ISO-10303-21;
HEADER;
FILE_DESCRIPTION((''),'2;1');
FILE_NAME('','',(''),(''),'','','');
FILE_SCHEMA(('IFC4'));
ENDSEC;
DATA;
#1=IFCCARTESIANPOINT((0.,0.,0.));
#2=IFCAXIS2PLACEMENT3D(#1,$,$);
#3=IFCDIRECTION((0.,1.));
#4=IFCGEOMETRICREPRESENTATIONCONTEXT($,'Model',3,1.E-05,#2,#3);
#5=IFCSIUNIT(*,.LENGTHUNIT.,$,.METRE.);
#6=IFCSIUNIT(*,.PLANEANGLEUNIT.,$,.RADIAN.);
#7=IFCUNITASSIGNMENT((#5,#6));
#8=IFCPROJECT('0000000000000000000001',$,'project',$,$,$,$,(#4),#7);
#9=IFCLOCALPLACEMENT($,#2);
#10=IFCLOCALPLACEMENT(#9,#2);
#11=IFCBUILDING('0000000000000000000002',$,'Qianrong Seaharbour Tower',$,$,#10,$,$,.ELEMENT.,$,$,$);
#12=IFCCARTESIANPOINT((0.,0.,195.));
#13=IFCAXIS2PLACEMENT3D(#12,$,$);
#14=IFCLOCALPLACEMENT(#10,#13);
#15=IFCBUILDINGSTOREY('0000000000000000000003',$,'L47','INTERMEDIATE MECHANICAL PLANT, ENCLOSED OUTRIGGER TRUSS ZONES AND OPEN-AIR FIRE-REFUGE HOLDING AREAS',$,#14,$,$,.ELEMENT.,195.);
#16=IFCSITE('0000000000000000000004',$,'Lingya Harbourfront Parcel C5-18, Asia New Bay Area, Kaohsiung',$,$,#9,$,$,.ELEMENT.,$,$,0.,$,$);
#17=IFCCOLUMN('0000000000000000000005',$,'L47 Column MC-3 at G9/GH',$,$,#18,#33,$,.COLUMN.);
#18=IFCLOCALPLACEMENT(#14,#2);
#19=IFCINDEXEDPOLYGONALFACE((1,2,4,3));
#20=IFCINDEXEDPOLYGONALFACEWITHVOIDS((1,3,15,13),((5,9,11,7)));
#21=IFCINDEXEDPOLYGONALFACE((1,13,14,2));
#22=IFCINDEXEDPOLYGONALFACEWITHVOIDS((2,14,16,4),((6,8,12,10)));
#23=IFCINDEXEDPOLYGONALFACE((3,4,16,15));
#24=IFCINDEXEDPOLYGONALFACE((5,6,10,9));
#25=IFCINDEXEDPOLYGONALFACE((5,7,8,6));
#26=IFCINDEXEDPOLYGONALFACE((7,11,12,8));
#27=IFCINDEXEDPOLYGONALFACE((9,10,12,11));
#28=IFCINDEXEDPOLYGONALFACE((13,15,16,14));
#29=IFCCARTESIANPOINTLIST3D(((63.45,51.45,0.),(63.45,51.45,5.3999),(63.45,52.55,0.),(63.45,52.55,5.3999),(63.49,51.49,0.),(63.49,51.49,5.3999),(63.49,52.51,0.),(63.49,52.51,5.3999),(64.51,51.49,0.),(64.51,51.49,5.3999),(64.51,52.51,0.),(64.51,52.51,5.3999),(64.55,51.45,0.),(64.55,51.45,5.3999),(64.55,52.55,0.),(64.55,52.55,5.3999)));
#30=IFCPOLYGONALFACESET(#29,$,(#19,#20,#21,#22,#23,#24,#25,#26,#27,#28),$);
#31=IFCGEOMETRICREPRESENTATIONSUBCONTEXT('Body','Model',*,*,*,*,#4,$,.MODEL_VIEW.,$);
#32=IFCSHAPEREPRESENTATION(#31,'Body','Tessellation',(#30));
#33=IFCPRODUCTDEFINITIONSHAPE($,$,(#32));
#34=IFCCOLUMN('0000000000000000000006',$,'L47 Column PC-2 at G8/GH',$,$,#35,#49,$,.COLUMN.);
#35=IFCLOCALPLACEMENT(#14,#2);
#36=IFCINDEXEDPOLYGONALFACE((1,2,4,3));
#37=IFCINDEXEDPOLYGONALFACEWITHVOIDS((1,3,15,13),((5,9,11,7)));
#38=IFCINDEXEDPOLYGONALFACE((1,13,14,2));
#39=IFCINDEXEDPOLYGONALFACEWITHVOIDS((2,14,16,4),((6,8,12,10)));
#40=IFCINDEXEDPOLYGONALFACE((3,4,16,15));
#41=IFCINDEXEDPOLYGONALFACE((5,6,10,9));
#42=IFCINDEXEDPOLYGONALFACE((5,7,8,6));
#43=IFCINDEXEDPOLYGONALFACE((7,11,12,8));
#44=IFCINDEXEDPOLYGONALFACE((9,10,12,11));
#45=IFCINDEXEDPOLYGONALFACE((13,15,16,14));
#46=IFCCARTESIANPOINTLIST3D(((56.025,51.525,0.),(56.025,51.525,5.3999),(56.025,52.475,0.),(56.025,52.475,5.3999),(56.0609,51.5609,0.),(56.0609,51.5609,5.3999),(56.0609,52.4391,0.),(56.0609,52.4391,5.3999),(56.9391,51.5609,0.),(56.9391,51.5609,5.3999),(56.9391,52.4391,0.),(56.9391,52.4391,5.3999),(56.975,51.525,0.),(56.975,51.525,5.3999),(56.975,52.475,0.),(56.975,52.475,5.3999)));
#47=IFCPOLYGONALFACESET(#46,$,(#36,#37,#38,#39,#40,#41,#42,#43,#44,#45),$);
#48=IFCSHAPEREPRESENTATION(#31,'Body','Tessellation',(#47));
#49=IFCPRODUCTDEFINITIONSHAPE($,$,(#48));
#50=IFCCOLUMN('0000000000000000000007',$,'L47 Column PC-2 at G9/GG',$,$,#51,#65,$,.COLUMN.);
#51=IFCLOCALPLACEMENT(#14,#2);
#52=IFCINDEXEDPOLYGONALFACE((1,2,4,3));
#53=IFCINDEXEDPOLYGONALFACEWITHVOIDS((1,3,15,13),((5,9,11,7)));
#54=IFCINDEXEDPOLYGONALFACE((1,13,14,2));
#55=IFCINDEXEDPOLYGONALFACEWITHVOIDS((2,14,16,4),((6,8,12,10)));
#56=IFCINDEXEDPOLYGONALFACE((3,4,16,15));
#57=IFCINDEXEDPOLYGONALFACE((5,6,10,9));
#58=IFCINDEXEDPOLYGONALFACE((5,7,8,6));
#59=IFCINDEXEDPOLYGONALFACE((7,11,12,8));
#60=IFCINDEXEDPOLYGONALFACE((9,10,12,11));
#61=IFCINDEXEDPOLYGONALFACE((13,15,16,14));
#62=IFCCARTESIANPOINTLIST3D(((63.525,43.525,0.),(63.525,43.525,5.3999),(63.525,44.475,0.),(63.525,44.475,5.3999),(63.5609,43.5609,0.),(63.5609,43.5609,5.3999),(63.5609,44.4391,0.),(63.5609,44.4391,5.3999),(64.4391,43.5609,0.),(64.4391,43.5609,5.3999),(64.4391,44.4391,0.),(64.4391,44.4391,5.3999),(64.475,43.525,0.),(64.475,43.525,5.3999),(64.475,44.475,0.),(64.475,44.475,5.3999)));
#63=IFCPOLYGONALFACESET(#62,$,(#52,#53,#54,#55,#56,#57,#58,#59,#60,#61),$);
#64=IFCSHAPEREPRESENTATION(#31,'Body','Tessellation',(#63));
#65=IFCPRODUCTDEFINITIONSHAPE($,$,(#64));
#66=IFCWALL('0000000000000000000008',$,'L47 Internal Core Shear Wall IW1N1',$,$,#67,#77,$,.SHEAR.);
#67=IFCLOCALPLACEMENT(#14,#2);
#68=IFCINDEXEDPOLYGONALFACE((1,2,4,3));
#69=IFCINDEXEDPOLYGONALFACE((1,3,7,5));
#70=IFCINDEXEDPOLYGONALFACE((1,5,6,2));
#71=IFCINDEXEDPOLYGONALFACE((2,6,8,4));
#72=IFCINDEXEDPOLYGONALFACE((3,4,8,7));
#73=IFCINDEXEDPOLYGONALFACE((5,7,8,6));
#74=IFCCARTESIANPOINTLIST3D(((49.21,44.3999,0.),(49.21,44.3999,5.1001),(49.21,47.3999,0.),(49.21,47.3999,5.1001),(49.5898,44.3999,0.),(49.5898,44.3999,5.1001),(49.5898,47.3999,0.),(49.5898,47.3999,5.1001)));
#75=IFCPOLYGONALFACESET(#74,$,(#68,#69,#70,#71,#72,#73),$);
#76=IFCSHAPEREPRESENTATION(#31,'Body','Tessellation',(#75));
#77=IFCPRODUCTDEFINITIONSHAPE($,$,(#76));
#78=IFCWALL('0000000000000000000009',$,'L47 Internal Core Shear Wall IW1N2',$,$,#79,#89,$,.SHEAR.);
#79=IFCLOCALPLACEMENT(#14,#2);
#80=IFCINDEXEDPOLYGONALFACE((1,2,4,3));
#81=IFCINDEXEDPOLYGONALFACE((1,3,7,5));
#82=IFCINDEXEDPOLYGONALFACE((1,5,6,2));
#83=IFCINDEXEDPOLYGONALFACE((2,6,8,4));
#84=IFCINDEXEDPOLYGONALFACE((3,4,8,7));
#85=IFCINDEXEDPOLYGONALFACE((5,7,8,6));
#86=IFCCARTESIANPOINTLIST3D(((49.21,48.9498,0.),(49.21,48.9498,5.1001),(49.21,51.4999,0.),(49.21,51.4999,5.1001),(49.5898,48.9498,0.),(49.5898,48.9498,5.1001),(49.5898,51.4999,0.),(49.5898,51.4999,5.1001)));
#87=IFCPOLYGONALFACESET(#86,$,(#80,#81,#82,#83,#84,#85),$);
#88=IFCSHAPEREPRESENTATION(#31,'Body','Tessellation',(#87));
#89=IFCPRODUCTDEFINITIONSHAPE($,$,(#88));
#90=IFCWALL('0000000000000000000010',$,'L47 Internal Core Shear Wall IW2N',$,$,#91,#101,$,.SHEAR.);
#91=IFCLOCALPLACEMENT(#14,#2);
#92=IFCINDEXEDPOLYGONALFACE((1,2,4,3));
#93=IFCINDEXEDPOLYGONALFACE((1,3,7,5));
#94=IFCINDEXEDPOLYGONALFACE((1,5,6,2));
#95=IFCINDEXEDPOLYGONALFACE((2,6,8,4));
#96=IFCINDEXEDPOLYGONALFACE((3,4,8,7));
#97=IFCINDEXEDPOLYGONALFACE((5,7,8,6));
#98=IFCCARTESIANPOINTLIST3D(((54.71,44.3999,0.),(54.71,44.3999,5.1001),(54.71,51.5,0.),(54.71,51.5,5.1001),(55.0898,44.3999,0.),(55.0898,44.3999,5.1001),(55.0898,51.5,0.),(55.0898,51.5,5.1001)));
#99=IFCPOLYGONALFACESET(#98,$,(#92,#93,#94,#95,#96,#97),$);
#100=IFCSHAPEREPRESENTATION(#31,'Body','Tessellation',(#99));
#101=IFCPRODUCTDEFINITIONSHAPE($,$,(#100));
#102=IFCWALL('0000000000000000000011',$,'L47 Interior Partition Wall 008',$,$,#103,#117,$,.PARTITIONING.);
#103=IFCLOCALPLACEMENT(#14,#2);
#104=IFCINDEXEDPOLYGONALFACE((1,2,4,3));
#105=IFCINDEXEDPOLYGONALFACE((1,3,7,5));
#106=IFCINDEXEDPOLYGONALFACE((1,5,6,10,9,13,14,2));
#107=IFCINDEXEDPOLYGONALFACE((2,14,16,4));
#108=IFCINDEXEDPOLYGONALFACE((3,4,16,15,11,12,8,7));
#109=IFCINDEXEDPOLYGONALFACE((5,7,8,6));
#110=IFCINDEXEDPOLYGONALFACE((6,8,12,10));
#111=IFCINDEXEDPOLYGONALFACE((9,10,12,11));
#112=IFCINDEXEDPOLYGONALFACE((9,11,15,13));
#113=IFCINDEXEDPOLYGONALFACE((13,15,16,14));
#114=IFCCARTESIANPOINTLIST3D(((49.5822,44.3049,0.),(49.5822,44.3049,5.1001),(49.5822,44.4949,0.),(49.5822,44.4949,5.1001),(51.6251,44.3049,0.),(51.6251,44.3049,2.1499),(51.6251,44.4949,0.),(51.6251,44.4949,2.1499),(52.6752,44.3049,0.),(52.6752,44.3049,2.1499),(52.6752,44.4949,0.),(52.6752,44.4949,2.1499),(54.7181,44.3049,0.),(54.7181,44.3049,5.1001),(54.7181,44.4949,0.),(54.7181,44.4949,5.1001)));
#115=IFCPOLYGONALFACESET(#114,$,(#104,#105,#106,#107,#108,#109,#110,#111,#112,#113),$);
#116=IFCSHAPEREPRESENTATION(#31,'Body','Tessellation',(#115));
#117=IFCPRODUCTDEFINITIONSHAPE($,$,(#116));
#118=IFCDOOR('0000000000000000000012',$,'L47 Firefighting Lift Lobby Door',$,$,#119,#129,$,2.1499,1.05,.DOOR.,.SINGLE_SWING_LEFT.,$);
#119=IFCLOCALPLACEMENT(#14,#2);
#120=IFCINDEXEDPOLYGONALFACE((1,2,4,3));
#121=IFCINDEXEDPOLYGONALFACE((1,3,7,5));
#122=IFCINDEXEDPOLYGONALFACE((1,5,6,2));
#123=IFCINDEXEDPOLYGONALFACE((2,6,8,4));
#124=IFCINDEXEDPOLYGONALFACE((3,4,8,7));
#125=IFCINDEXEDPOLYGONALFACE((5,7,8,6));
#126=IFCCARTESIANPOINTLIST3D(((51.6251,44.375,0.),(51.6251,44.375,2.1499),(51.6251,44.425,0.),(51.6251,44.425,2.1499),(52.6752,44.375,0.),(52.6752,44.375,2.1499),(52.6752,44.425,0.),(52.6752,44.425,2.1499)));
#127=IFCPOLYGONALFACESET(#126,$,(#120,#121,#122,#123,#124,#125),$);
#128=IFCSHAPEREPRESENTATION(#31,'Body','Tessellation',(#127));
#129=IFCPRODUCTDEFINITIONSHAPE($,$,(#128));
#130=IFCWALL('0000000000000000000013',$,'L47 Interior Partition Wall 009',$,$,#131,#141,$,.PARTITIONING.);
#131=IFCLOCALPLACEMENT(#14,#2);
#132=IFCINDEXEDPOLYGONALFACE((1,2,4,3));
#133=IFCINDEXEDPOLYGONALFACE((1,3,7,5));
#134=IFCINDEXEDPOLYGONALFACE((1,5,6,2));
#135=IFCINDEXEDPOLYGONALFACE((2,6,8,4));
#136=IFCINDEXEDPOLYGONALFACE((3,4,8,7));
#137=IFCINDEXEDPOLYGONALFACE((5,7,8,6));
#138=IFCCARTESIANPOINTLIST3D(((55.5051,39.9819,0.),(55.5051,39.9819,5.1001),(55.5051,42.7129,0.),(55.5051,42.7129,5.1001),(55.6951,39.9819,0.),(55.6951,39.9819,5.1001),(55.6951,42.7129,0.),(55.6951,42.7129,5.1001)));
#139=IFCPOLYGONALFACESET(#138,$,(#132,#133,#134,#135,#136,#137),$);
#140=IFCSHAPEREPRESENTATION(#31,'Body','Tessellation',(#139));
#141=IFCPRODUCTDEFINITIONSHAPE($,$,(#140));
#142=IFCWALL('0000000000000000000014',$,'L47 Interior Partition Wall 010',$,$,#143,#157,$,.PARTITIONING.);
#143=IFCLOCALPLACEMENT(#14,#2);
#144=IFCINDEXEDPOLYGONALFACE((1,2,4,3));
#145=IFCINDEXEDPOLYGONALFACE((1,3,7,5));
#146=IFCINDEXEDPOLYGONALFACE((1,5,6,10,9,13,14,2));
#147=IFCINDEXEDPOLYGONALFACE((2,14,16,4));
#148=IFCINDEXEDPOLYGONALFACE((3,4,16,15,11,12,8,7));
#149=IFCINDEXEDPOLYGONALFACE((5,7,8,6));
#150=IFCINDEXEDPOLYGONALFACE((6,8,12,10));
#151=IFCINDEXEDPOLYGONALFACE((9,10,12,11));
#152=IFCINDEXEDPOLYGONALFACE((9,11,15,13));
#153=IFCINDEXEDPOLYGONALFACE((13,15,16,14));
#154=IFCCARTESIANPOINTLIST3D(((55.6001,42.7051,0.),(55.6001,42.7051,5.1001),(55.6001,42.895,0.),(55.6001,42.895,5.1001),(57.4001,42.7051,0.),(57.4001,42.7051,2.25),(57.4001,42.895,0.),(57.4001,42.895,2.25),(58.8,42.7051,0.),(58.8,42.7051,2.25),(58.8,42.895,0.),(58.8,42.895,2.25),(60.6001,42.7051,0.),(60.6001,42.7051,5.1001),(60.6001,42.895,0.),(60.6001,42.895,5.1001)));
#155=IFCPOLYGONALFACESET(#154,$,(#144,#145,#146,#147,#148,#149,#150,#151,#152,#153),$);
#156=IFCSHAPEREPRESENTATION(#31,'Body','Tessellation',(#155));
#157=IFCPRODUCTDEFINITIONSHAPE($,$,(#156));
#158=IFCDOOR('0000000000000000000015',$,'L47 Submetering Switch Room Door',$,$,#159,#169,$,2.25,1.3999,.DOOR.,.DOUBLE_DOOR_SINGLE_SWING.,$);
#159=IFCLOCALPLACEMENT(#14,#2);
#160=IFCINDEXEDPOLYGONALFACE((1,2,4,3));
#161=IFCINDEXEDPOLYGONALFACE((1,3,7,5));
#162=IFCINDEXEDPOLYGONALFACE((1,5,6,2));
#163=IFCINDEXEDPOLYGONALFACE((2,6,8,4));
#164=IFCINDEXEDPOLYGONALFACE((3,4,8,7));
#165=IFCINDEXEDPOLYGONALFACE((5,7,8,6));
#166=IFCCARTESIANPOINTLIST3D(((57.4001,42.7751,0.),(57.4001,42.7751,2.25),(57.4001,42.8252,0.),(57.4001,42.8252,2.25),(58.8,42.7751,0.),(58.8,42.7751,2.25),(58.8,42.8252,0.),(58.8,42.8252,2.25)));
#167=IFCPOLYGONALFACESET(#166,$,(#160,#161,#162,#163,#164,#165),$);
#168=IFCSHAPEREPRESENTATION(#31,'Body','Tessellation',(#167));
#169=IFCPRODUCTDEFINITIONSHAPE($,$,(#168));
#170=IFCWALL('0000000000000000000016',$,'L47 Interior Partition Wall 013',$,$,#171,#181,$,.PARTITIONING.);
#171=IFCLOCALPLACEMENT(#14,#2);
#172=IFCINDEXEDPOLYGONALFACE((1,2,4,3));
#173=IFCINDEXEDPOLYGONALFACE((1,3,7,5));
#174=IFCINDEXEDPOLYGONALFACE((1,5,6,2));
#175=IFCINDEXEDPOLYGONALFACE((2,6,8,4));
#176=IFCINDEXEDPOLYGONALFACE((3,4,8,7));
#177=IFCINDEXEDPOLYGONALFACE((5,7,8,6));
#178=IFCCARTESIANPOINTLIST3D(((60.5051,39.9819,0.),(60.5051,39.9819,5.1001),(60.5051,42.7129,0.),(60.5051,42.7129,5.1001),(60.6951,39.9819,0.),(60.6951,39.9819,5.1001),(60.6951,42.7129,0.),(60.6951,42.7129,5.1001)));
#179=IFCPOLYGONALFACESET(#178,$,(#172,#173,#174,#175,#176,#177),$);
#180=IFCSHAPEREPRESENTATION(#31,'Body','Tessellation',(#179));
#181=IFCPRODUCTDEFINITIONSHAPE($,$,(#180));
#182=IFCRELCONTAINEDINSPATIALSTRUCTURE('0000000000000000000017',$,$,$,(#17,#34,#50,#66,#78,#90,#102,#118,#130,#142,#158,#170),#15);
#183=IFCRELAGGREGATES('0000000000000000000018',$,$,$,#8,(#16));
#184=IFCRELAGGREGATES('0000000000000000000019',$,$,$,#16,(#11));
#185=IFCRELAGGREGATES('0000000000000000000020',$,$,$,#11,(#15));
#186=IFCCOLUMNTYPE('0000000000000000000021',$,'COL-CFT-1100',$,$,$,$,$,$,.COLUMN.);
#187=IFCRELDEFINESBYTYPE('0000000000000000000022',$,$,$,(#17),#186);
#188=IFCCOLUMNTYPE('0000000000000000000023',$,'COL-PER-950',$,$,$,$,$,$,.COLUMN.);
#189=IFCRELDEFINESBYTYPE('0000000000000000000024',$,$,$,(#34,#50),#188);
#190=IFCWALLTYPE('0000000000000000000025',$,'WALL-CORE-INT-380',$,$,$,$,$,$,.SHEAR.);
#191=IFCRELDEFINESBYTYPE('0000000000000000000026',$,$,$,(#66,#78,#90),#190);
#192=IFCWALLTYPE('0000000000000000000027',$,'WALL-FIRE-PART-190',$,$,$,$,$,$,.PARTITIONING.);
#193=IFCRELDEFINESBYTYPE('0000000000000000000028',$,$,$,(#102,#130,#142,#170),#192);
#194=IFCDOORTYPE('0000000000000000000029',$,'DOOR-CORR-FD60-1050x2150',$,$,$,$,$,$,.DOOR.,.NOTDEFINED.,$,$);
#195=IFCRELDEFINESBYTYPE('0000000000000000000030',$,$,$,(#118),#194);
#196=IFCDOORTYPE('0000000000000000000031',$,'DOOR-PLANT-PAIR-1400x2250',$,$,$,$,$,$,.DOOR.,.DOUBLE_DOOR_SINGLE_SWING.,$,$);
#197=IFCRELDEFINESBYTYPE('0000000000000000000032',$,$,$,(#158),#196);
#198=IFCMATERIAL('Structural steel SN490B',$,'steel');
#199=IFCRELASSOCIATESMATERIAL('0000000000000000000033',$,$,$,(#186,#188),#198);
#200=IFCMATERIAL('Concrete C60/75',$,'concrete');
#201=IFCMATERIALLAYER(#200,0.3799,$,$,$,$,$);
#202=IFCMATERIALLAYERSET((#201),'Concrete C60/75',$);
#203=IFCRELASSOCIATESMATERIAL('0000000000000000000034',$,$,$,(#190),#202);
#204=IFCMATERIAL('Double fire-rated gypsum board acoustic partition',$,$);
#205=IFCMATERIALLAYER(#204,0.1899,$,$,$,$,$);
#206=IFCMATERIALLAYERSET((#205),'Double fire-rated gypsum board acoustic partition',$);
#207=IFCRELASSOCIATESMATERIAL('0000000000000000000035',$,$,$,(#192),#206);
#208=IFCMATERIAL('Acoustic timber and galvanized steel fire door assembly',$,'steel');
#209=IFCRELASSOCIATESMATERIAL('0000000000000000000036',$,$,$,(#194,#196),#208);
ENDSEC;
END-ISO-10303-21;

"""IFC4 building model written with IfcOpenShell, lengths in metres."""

from ifc_helpers import new_model, si_unit, direction, frame, frame_2d, origin, origin_2d, place, context, subcontext, project, spatial, rectangle, hollow_rectangle, extrude, material, layer, layer_set, material_profile, profile_set, type_object, element, fill, save


model = new_model("IFC4")

# Units and contexts
model_context = context("Model", 3, precision=1e-05, world=origin(), true_north=direction((0.0, 1.0)))
body_context = subcontext(model_context, "Body", "Model", "MODEL_VIEW")
ifc_project = project(units=[si_unit("LENGTHUNIT", "METRE"), si_unit("PLANEANGLEUNIT", "RADIAN")], contexts=[model_context])

# Site, building, storey
site_placement = place(None, origin())
site = spatial("IfcSite", under=ifc_project, at=site_placement, Name="Lingya Harbourfront Parcel C5-18, Asia New Bay Area, Kaohsiung", CompositionType="ELEMENT", RefElevation=0.0)
building_placement = place(site_placement, origin())
building = spatial("IfcBuilding", under=site, at=building_placement, Name="Qianrong Seaharbour Tower", CompositionType="ELEMENT")
storey_placement = place(building_placement, frame((0.0, 0.0, 195.0)))
storey = spatial("IfcBuildingStorey", under=building, at=storey_placement, Name="L47", Description="INTERMEDIATE MECHANICAL PLANT, ENCLOSED OUTRIGGER TRUSS ZONES AND OPEN-AIR FIRE-REFUGE HOLDING AREAS", CompositionType="ELEMENT", Elevation=195.0)

# Columns
ifc_material_1 = material(Name="Structural steel SN490B", Category="steel")
ifc_material_profile_1 = material_profile(ifc_material_1, hollow_rectangle(XDim=1.1001, YDim=1.1001, WallThickness=0.04, at=origin_2d()), Name="BOX1100x1100x40")
ifc_profile_set_1 = profile_set([ifc_material_profile_1], Name="Structural steel SN490B")
column_type_1 = type_object("IfcColumnType", Name="COL-CFT-1100", PredefinedType="COLUMN", material=ifc_profile_set_1)
column_placement = place(storey_placement, frame((64.0, 52.0, 0.0), z_axis=(0.0, 0.0, 1.0), x_axis=(1.0, 0.0, 0.0)))
element("IfcColumn", 1, at=column_placement, inside=storey, type_object=column_type_1, Name="L47 Column MC-3 at G9/GH", PredefinedType="COLUMN", context=body_context, shape_type="SweptSolid", body=[
    extrude(hollow_rectangle(XDim=1.1001, YDim=1.1001, WallThickness=0.04, at=origin_2d()), origin(), (0.0, 0.0, 1.0), 5.3999),
])
ifc_material_profile_2 = material_profile(ifc_material_1, hollow_rectangle(XDim=0.95, YDim=0.95, WallThickness=0.0359, at=origin_2d()), Name="BOX950x950x36")
ifc_profile_set_2 = profile_set([ifc_material_profile_2], Name="Structural steel SN490B")
column_type_2 = type_object("IfcColumnType", Name="COL-PER-950", PredefinedType="COLUMN", material=ifc_profile_set_2)
for number, where, z_axis, x_axis, name in (
    (2, (56.5, 52.0, 0.0), (0.0, 0.0, 1.0), (1.0, 0.0, 0.0), "L47 Column PC-2 at G8/GH"),
    (3, (64.0, 44.0, 0.0), (0.0, 0.0, 1.0), (1.0, 0.0, 0.0), "L47 Column PC-2 at G9/GG"),
):
    element("IfcColumn", number, at=place(storey_placement, frame(where, z_axis=z_axis, x_axis=x_axis)), inside=storey, type_object=column_type_2, Name=name, PredefinedType="COLUMN", context=body_context, shape_type="SweptSolid", body=[
        extrude(hollow_rectangle(XDim=0.95, YDim=0.95, WallThickness=0.0359, at=origin_2d()), origin(), (0.0, 0.0, 1.0), 5.3999),
    ])

# Walls
ifc_material_2 = material(Name="Concrete C60/75", Category="concrete")
ifc_layer_1 = layer(ifc_material_2, 0.3799)
ifc_layer_set_1 = layer_set([ifc_layer_1], Name="Concrete C60/75")
wall_type_1 = type_object("IfcWallType", Name="WALL-CORE-INT-380", PredefinedType="SHEAR", material=ifc_layer_set_1)
wall_1_placement = place(storey_placement, frame((49.3999, 44.3999, 0.0), z_axis=(0.0, 0.0, 1.0), x_axis=(0.0, 1.0, 0.0)))
element("IfcWall", 4, at=wall_1_placement, inside=storey, type_object=wall_type_1, Name="L47 Internal Core Shear Wall IW1N1", PredefinedType="SHEAR", context=body_context, shape_type="SweptSolid", body=[
    extrude(rectangle(XDim=3.0, YDim=0.3799, at=frame_2d((1.5, 0.0))), origin(), (0.0, 0.0, 1.0), 5.1001),
])
wall_2_placement = place(storey_placement, frame((49.3999, 48.95, 0.0), z_axis=(0.0, 0.0, 1.0), x_axis=(0.0, 1.0, 0.0)))
element("IfcWall", 5, at=wall_2_placement, inside=storey, type_object=wall_type_1, Name="L47 Internal Core Shear Wall IW1N2", PredefinedType="SHEAR", context=body_context, shape_type="SweptSolid", body=[
    extrude(rectangle(XDim=2.55, YDim=0.3799, at=frame_2d((1.2749, 0.0))), origin(), (0.0, 0.0, 1.0), 5.1001),
])
wall_3_placement = place(storey_placement, frame((54.8999, 44.3999, 0.0), z_axis=(0.0, 0.0, 1.0), x_axis=(0.0, 1.0, 0.0)))
element("IfcWall", 6, at=wall_3_placement, inside=storey, type_object=wall_type_1, Name="L47 Internal Core Shear Wall IW2N", PredefinedType="SHEAR", context=body_context, shape_type="SweptSolid", body=[
    extrude(rectangle(XDim=7.1001, YDim=0.3799, at=frame_2d((3.55, 0.0))), origin(), (0.0, 0.0, 1.0), 5.1001),
])

# Wall, opening, door
ifc_material_3 = material(Name="Acoustic timber and galvanized steel fire door assembly", Category="steel")
ifc_material_4 = material(Name="Double fire-rated gypsum board acoustic partition")
ifc_layer_2 = layer(ifc_material_4, 0.1899)
ifc_layer_set_2 = layer_set([ifc_layer_2], Name="Double fire-rated gypsum board acoustic partition")
wall_type_2 = type_object("IfcWallType", Name="WALL-FIRE-PART-190", PredefinedType="PARTITIONING", material=ifc_layer_set_2)
wall_4_placement = place(storey_placement, frame((54.718, 44.3999, 0.0), z_axis=(0.0, 0.0, 1.0), x_axis=(-1.0, 0.0, 0.0)))
wall_4 = element("IfcWall", 7, at=wall_4_placement, inside=storey, type_object=wall_type_2, Name="L47 Interior Partition Wall 008", PredefinedType="PARTITIONING", context=body_context, shape_type="SweptSolid", body=[
    extrude(rectangle(XDim=5.136, YDim=0.1899, at=frame_2d((2.5679, 0.0))), origin(), (0.0, 0.0, 1.0), 5.1001),
])
opening_1_placement = place(wall_4_placement, frame((2.043, 0.0, 0.0)))
opening_1 = element("IfcOpeningElement", 8, at=opening_1_placement, cuts=wall_4, PredefinedType="OPENING", context=body_context, shape_type="SweptSolid", body=[
    extrude(rectangle(XDim=1.05, YDim=2.1499, at=frame_2d((0.5249, 1.075))), frame((0.0, 0.105, 0.0), z_axis=(0.0, -1.0, 0.0), x_axis=(1.0, 0.0, 0.0)), (0.0, 0.0, 1.0), 0.21),
])
door_type_1 = type_object("IfcDoorType", Name="DOOR-CORR-FD60-1050x2150", OperationType="NOTDEFINED", PredefinedType="DOOR", material=ifc_material_3)
door_1_placement = place(opening_1_placement, origin())
door_1 = element("IfcDoor", 9, at=door_1_placement, inside=storey, type_object=door_type_1, Name="L47 Firefighting Lift Lobby Door", OperationType="SINGLE_SWING_LEFT", OverallHeight=2.1499, OverallWidth=1.05, PredefinedType="DOOR", context=body_context, shape_type="SweptSolid", body=[
    extrude(rectangle(XDim=1.05, YDim=2.1499, at=frame_2d((0.5249, 1.075))), frame((0.0, 0.0249, 0.0), z_axis=(0.0, -1.0, 0.0), x_axis=(1.0, 0.0, 0.0)), (0.0, 0.0, 1.0), 0.05),
])
fill(opening_1, door_1)

# Wall
wall_5_placement = place(storey_placement, frame((55.6001, 42.7129, 0.0), z_axis=(0.0, 0.0, 1.0), x_axis=(0.0, -1.0, 0.0)))
element("IfcWall", 10, at=wall_5_placement, inside=storey, type_object=wall_type_2, Name="L47 Interior Partition Wall 009", PredefinedType="PARTITIONING", context=body_context, shape_type="SweptSolid", body=[
    extrude(rectangle(XDim=2.731, YDim=0.1899, at=frame_2d((1.3655, 0.0))), origin(), (0.0, 0.0, 1.0), 5.1001),
])

# Wall, opening, door
wall_6_placement = place(storey_placement, frame((60.6001, 42.8, 0.0), z_axis=(0.0, 0.0, 1.0), x_axis=(-1.0, 0.0, 0.0)))
wall_6 = element("IfcWall", 11, at=wall_6_placement, inside=storey, type_object=wall_type_2, Name="L47 Interior Partition Wall 010", PredefinedType="PARTITIONING", context=body_context, shape_type="SweptSolid", body=[
    extrude(rectangle(XDim=5.0, YDim=0.1899, at=frame_2d((2.5, 0.0))), origin(), (0.0, 0.0, 1.0), 5.1001),
])
opening_2_placement = place(wall_6_placement, frame((1.8, 0.0, 0.0)))
opening_2 = element("IfcOpeningElement", 12, at=opening_2_placement, cuts=wall_6, PredefinedType="OPENING", context=body_context, shape_type="SweptSolid", body=[
    extrude(rectangle(XDim=1.3999, YDim=2.25, at=frame_2d((0.7, 1.125))), frame((0.0, 0.105, 0.0), z_axis=(0.0, -1.0, 0.0), x_axis=(1.0, 0.0, 0.0)), (0.0, 0.0, 1.0), 0.21),
])
door_type_2 = type_object("IfcDoorType", Name="DOOR-PLANT-PAIR-1400x2250", OperationType="DOUBLE_DOOR_SINGLE_SWING", PredefinedType="DOOR", material=ifc_material_3)
door_2_placement = place(opening_2_placement, origin())
door_2 = element("IfcDoor", 13, at=door_2_placement, inside=storey, type_object=door_type_2, Name="L47 Submetering Switch Room Door", OperationType="DOUBLE_DOOR_SINGLE_SWING", OverallHeight=2.25, OverallWidth=1.3999, PredefinedType="DOOR", context=body_context, shape_type="SweptSolid", body=[
    extrude(rectangle(XDim=1.3999, YDim=2.25, at=frame_2d((0.7, 1.125))), frame((0.0, 0.0249, 0.0), z_axis=(0.0, -1.0, 0.0), x_axis=(1.0, 0.0, 0.0)), (0.0, 0.0, 1.0), 0.05),
])
fill(opening_2, door_2)

# Wall
wall_7_placement = place(storey_placement, frame((60.6001, 42.7129, 0.0), z_axis=(0.0, 0.0, 1.0), x_axis=(0.0, -1.0, 0.0)))
element("IfcWall", 14, at=wall_7_placement, inside=storey, type_object=wall_type_2, Name="L47 Interior Partition Wall 013", PredefinedType="PARTITIONING", context=body_context, shape_type="SweptSolid", body=[
    extrude(rectangle(XDim=2.731, YDim=0.1899, at=frame_2d((1.3655, 0.0))), origin(), (0.0, 0.0, 1.0), 5.1001),
])

save(model, "model.ifc")
